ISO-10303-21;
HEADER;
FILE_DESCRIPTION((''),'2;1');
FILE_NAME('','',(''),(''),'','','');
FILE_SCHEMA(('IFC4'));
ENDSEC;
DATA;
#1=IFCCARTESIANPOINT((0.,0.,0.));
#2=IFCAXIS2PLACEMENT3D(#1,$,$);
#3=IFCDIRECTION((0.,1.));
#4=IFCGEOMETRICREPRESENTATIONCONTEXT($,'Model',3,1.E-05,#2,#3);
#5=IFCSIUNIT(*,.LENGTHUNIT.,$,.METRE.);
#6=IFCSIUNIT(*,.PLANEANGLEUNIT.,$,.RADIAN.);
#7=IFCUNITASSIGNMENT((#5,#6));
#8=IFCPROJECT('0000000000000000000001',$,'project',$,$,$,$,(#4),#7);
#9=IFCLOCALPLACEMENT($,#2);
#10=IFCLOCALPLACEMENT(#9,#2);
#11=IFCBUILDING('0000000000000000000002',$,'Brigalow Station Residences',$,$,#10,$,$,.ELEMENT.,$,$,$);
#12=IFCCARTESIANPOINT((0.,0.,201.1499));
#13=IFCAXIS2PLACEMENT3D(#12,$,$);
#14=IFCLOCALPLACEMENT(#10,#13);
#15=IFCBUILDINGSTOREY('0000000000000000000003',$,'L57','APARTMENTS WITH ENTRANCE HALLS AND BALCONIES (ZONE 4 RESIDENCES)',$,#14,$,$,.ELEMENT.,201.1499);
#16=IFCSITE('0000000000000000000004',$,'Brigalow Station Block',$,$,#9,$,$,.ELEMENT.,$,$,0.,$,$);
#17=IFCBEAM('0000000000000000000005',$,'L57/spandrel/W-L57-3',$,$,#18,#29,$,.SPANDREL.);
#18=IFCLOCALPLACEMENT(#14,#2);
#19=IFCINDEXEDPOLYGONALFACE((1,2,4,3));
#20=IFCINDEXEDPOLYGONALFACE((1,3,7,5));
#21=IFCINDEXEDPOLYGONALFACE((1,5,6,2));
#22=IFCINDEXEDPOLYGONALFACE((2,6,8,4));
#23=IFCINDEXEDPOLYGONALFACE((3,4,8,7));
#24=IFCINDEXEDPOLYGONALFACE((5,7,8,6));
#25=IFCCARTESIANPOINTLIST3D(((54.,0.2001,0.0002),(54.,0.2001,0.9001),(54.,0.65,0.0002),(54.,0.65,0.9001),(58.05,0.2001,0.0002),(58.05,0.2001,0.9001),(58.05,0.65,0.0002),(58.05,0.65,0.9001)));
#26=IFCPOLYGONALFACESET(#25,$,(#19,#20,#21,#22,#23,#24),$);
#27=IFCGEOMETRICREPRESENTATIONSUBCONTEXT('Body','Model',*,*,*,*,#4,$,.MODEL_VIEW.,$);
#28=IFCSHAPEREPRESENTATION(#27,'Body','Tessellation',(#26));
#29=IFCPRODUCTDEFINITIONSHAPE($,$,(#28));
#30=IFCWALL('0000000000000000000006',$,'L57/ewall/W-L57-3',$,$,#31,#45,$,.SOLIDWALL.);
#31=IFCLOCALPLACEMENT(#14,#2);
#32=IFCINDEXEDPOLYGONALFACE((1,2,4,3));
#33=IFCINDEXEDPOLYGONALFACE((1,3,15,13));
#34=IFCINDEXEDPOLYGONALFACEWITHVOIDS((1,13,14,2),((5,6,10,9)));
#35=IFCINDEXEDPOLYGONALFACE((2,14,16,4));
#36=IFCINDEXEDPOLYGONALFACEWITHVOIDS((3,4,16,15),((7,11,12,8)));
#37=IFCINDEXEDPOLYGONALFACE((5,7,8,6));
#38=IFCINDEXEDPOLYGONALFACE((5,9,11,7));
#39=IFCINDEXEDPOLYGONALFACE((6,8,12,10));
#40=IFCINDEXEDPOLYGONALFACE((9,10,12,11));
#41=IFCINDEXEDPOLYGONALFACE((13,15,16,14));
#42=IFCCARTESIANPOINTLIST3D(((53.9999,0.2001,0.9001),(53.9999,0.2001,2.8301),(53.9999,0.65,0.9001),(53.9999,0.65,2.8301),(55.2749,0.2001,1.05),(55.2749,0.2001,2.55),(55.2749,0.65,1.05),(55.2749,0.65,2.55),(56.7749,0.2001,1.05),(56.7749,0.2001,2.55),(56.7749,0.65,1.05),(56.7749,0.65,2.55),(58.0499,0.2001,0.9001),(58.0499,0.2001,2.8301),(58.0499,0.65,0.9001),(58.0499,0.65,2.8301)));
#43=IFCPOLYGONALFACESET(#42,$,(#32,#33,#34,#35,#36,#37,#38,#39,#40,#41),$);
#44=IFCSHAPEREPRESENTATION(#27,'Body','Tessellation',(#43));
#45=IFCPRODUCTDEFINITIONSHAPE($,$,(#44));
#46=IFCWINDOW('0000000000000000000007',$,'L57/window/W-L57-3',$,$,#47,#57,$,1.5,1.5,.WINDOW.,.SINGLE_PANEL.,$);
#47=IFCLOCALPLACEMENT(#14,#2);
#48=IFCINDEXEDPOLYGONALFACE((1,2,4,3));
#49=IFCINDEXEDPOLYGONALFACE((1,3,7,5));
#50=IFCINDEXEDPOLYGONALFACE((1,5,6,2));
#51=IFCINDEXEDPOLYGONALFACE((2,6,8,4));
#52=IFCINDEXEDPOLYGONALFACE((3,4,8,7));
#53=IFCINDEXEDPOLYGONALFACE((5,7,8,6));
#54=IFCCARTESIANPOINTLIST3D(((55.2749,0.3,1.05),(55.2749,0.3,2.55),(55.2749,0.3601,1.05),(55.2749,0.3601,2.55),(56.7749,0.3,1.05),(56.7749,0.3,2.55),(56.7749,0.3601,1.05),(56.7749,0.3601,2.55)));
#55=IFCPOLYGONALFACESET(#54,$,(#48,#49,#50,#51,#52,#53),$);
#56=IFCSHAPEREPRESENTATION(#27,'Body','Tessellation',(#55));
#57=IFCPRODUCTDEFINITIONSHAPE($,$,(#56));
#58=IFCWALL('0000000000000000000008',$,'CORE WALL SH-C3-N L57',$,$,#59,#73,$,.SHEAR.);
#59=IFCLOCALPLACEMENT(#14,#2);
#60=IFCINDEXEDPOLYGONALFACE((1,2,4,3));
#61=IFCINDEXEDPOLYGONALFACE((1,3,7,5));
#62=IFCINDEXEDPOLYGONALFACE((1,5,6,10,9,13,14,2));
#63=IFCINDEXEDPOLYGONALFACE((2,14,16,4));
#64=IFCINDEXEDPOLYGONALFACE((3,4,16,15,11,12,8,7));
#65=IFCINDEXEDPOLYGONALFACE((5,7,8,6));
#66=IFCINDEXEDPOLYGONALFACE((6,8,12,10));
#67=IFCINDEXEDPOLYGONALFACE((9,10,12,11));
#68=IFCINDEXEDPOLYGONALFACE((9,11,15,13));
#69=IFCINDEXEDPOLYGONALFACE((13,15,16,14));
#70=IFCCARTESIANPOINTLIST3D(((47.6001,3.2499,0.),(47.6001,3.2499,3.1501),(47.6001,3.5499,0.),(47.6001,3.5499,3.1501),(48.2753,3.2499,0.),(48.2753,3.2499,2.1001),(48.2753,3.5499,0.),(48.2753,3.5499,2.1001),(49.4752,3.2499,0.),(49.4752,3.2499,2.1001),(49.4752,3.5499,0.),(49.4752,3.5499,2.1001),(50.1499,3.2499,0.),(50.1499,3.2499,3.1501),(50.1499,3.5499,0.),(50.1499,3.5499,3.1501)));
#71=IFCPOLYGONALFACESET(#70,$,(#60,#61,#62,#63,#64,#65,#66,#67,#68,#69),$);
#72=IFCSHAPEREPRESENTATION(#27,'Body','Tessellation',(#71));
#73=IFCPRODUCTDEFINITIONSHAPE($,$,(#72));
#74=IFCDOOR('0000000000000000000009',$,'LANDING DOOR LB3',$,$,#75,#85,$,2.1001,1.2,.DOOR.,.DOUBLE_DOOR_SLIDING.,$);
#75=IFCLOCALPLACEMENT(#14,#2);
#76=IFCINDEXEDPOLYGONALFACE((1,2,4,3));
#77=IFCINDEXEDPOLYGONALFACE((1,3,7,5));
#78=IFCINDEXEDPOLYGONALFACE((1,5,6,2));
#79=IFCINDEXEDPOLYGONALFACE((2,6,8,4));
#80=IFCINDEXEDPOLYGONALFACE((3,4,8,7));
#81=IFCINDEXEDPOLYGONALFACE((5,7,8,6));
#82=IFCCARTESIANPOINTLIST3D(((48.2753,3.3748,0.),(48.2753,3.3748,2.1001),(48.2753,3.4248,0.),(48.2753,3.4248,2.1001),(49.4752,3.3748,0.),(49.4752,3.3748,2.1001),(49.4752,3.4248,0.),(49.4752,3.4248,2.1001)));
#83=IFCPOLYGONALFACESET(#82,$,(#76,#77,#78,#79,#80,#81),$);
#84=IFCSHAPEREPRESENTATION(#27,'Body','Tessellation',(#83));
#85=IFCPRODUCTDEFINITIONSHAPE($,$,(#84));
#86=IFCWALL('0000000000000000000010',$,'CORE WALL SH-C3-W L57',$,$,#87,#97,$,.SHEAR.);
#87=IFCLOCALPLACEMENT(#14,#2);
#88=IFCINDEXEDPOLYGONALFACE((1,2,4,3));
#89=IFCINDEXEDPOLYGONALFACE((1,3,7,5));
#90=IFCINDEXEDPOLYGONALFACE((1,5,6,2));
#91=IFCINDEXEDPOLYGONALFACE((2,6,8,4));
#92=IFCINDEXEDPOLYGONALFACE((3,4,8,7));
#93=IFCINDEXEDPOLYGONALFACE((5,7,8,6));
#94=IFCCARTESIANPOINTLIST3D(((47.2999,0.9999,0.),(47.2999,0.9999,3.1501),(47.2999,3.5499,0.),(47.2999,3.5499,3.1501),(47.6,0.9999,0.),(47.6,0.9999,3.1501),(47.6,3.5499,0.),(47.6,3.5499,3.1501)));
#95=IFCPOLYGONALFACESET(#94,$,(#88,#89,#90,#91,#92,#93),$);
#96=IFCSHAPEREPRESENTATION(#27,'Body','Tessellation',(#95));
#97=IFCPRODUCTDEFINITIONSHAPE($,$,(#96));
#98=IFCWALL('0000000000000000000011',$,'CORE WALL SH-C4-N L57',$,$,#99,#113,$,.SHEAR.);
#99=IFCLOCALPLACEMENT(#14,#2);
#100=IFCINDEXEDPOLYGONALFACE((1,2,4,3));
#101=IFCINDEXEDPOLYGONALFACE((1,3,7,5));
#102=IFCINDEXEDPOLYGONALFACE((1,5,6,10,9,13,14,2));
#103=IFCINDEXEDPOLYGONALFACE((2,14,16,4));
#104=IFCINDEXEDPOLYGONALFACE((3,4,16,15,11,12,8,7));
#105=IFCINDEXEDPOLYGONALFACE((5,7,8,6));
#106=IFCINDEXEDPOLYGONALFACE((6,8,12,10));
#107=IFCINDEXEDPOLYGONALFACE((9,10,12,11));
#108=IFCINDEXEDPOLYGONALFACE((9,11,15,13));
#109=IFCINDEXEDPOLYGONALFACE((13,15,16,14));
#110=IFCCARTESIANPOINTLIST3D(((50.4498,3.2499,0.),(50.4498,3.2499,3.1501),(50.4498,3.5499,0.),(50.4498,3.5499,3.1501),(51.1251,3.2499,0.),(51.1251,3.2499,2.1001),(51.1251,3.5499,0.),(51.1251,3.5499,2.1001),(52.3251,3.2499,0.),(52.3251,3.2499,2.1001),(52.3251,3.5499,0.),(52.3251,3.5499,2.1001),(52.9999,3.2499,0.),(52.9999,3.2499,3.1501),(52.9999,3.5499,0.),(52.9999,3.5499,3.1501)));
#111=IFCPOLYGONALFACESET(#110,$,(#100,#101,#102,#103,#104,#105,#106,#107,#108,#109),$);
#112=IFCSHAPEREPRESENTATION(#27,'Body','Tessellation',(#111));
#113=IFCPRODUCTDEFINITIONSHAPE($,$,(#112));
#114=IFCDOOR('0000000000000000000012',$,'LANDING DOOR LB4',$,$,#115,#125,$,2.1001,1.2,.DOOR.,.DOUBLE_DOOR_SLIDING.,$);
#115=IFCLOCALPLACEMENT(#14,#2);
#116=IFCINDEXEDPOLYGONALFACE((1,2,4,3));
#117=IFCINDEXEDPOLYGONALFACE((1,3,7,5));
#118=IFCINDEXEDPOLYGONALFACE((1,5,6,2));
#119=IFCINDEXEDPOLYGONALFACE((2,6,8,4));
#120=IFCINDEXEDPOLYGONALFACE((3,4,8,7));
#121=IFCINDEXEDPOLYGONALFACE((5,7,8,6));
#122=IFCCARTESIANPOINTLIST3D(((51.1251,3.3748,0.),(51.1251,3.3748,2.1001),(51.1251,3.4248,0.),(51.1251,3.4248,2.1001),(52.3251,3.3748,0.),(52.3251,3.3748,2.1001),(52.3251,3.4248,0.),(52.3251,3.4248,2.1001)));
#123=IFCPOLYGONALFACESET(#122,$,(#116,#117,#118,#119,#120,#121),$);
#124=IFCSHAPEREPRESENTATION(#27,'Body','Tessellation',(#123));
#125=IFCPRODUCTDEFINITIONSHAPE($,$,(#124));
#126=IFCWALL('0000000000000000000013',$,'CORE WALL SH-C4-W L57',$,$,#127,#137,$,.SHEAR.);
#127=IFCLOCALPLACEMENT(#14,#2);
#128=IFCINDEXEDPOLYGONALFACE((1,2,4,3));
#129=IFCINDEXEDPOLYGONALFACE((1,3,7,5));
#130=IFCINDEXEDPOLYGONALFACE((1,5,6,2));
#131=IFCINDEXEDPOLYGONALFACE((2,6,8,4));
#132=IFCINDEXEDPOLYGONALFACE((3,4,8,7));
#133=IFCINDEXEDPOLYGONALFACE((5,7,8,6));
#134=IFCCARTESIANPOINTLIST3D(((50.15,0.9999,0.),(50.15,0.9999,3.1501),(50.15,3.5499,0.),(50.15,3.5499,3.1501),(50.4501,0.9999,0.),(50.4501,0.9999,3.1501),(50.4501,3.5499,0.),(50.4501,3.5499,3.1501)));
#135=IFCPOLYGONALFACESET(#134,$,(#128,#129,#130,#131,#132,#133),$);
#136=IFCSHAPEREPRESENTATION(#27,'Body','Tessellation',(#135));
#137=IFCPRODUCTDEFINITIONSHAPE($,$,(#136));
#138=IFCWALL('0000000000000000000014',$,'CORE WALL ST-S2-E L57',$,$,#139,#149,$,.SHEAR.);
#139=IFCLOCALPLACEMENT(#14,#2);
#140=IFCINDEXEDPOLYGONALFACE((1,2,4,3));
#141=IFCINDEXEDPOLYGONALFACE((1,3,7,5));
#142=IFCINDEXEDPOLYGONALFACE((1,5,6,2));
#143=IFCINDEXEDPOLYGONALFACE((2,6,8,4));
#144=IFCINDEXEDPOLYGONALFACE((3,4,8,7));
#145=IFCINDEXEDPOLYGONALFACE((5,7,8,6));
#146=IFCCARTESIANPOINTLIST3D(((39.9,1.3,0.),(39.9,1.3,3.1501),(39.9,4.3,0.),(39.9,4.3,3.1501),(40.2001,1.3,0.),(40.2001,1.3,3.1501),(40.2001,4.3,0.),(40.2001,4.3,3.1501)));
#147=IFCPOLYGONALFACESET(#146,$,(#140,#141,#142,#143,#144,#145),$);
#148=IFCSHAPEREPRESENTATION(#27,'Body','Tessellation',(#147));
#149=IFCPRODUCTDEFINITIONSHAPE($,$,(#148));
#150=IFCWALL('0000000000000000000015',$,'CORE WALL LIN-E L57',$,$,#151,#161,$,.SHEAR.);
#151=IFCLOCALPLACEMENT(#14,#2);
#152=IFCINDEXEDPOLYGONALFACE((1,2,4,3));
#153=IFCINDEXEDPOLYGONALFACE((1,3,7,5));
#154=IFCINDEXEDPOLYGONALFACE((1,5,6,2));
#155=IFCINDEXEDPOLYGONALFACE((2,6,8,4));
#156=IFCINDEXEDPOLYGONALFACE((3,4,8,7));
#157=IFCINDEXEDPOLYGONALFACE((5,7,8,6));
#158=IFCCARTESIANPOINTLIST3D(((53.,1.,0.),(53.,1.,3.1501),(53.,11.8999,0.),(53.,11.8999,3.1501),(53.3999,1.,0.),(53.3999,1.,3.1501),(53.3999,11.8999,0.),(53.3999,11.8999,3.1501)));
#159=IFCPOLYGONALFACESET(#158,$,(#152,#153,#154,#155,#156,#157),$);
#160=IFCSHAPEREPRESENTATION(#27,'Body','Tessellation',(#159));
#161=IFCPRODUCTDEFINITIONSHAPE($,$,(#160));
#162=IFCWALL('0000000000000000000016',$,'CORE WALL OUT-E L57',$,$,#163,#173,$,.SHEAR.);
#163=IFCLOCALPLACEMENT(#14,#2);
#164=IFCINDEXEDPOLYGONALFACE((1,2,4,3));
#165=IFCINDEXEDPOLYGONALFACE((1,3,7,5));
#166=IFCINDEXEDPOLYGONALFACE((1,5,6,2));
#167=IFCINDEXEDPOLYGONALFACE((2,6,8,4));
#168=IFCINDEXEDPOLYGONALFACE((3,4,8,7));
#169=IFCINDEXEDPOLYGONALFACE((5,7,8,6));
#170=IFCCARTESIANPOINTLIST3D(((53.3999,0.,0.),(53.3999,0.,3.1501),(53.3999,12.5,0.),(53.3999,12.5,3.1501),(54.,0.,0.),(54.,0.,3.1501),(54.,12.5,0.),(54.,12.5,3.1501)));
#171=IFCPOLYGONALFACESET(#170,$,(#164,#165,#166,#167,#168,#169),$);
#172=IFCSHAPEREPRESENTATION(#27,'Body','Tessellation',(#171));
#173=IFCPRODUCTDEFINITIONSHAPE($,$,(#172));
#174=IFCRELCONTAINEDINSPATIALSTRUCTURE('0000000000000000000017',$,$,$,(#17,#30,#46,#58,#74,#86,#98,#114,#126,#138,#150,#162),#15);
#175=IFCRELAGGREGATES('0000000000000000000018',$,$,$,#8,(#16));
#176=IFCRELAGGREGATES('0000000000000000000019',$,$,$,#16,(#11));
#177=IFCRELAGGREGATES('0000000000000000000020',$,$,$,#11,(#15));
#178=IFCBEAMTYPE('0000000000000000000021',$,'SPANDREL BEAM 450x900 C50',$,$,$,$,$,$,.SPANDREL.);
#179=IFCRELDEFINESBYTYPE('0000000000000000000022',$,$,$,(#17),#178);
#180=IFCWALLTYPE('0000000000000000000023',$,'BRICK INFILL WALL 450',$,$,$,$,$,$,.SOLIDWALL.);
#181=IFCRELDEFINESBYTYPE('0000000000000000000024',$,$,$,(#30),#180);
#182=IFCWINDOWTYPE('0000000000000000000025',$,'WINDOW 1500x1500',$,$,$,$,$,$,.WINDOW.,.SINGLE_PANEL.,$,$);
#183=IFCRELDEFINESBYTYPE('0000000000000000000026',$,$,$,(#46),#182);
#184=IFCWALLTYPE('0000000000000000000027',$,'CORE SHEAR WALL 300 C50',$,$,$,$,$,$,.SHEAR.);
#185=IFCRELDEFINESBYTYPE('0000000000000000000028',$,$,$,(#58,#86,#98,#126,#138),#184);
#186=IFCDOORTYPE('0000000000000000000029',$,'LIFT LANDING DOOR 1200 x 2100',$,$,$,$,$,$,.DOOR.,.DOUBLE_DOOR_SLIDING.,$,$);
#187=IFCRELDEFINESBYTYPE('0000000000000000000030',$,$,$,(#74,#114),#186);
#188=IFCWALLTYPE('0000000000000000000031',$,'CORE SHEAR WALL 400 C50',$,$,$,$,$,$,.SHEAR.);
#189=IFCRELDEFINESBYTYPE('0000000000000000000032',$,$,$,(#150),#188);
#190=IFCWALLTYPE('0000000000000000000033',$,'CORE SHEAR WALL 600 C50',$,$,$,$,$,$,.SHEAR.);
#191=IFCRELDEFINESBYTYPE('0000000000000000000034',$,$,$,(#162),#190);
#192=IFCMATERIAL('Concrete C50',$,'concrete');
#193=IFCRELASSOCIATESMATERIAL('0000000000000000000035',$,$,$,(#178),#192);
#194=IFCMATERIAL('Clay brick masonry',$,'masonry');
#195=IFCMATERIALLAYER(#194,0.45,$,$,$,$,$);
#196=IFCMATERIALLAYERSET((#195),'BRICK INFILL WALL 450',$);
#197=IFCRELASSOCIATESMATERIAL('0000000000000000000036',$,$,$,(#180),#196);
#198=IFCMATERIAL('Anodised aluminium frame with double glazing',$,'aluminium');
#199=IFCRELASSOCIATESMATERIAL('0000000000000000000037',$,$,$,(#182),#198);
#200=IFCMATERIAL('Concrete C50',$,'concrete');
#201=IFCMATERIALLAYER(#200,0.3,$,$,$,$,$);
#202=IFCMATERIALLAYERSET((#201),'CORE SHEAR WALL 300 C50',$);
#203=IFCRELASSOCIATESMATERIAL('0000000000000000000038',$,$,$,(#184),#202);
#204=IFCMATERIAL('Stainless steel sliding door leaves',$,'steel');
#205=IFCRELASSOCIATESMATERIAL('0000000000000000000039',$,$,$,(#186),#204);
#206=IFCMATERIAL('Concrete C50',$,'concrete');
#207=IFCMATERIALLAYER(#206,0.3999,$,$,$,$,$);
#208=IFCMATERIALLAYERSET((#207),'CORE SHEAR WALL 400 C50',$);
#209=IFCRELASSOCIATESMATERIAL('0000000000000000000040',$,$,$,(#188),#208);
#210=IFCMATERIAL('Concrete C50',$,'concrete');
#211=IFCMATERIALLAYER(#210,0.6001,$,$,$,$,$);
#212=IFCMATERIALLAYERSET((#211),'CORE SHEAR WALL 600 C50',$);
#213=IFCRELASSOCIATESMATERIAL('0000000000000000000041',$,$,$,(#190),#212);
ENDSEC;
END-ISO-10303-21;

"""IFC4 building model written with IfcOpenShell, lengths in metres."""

from ifc_helpers import new_model, si_unit, direction, frame, frame_2d, origin, origin_2d, place, context, subcontext, project, spatial, rectangle, extrude, material, layer, layer_set, material_profile, profile_set, type_object, element, fill, save


model = new_model("IFC4")

# Units and contexts
model_context = context("Model", 3, precision=1e-05, world=origin(), true_north=direction((0.0, 1.0)))
body_context = subcontext(model_context, "Body", "Model", "MODEL_VIEW")
ifc_project = project(units=[si_unit("LENGTHUNIT", "METRE"), si_unit("PLANEANGLEUNIT", "RADIAN")], contexts=[model_context])

# Site, building, storey
site_placement = place(None, origin())
site = spatial("IfcSite", under=ifc_project, at=site_placement, Name="Brigalow Station Block", CompositionType="ELEMENT", RefElevation=0.0)
building_placement = place(site_placement, origin())
building = spatial("IfcBuilding", under=site, at=building_placement, Name="Brigalow Station Residences", CompositionType="ELEMENT")
storey_placement = place(building_placement, frame((0.0, 0.0, 201.1499)))
storey = spatial("IfcBuildingStorey", under=building, at=storey_placement, Name="L57", Description="APARTMENTS WITH ENTRANCE HALLS AND BALCONIES (ZONE 4 RESIDENCES)", CompositionType="ELEMENT", Elevation=201.1499)

# Beam
ifc_material_1 = material(Name="Concrete C50", Category="concrete")
ifc_material_profile = material_profile(ifc_material_1, rectangle(XDim=0.45, YDim=0.8999, at=origin_2d()), Name="RC450x900")
ifc_profile_set = profile_set([ifc_material_profile], Name="Concrete C50")
beam_type = type_object("IfcBeamType", Name="SPANDREL BEAM 450x900 C50", PredefinedType="SPANDREL", material=ifc_profile_set)
beam_placement = place(storey_placement, frame((54.0, 0.425, 0.4502), z_axis=(1.0, 0.0, 0.0), x_axis=(0.0, 1.0, 0.0)))
element("IfcBeam", 1, at=beam_placement, inside=storey, type_object=beam_type, Name="L57/spandrel/W-L57-3", PredefinedType="SPANDREL", context=body_context, shape_type="SweptSolid", body=[
    extrude(rectangle(XDim=0.45, YDim=0.8999, at=origin_2d()), origin(), (0.0, 0.0, 1.0), 4.05),
])

# Wall, opening, window
ifc_material_2 = material(Name="Clay brick masonry", Category="masonry")
ifc_layer_1 = layer(ifc_material_2, 0.45)
ifc_layer_set_1 = layer_set([ifc_layer_1], Name="BRICK INFILL WALL 450")
wall_type_1 = type_object("IfcWallType", Name="BRICK INFILL WALL 450", PredefinedType="SOLIDWALL", material=ifc_layer_set_1)
wall_1_placement = place(storey_placement, frame((54.0, 0.425, 0.9001), z_axis=(0.0, 0.0, 1.0), x_axis=(1.0, 0.0, 0.0)))
wall_1 = element("IfcWall", 2, at=wall_1_placement, inside=storey, type_object=wall_type_1, Name="L57/ewall/W-L57-3", PredefinedType="SOLIDWALL", context=body_context, shape_type="SweptSolid", body=[
    extrude(rectangle(XDim=4.05, YDim=0.45, at=frame_2d((2.0249, 0.0))), origin(), (0.0, 0.0, 1.0), 1.9299),
])
opening_1_placement = place(wall_1_placement, frame((1.2749, 0.0, 0.1499)))
opening_1 = element("IfcOpeningElement", 3, at=opening_1_placement, cuts=wall_1, PredefinedType="OPENING", context=body_context, shape_type="SweptSolid", body=[
    extrude(rectangle(XDim=1.5, YDim=1.5, at=frame_2d((0.75, 0.75))), frame((0.0, 0.2349, 0.0), z_axis=(0.0, -1.0, 0.0), x_axis=(1.0, 0.0, 0.0)), (0.0, 0.0, 1.0), 0.47),
])
ifc_material_3 = material(Name="Anodised aluminium frame with double glazing", Category="aluminium")
window_type = type_object("IfcWindowType", Name="WINDOW 1500x1500", PartitioningType="SINGLE_PANEL", PredefinedType="WINDOW", material=ifc_material_3)
window_placement = place(opening_1_placement, origin())
window = element("IfcWindow", 4, at=window_placement, inside=storey, type_object=window_type, Name="L57/window/W-L57-3", OverallHeight=1.5, OverallWidth=1.5, PartitioningType="SINGLE_PANEL", PredefinedType="WINDOW", context=body_context, shape_type="SweptSolid", body=[
    extrude(rectangle(XDim=1.5, YDim=1.5, at=frame_2d((0.75, 0.75))), frame((0.0, -0.0649, 0.0), z_axis=(0.0, -1.0, 0.0), x_axis=(1.0, 0.0, 0.0)), (0.0, 0.0, 1.0), 0.0601),
])
fill(opening_1, window)

# Wall, opening, door
ifc_material_4 = material(Name="Concrete C50", Category="concrete")
ifc_layer_2 = layer(ifc_material_4, 0.3)
ifc_layer_set_2 = layer_set([ifc_layer_2], Name="CORE SHEAR WALL 300 C50")
wall_type_2 = type_object("IfcWallType", Name="CORE SHEAR WALL 300 C50", PredefinedType="SHEAR", material=ifc_layer_set_2)
wall_2_placement = place(storey_placement, frame((47.6001, 3.3999, 0.0), z_axis=(0.0, 0.0, 1.0), x_axis=(1.0, 0.0, 0.0)))
wall_2 = element("IfcWall", 5, at=wall_2_placement, inside=storey, type_object=wall_type_2, Name="CORE WALL SH-C3-N L57", PredefinedType="SHEAR", context=body_context, shape_type="SweptSolid", body=[
    extrude(rectangle(XDim=2.5498, YDim=0.3, at=frame_2d((1.2749, 0.0))), origin(), (0.0, 0.0, 1.0), 3.1501),
])
opening_2_placement = place(wall_2_placement, frame((0.675, 0.0, 0.0)))
opening_2 = element("IfcOpeningElement", 6, at=opening_2_placement, cuts=wall_2, PredefinedType="OPENING", context=body_context, shape_type="SweptSolid", body=[
    extrude(rectangle(XDim=1.2, YDim=2.1001, at=frame_2d((0.6001, 1.05))), frame((0.0, 0.1602, 0.0), z_axis=(0.0, -1.0, 0.0), x_axis=(1.0, 0.0, 0.0)), (0.0, 0.0, 1.0), 0.3201),
])
ifc_material_5 = material(Name="Stainless steel sliding door leaves", Category="steel")
door_type = type_object("IfcDoorType", Name="LIFT LANDING DOOR 1200 x 2100", OperationType="DOUBLE_DOOR_SLIDING", PredefinedType="DOOR", material=ifc_material_5)
door_1_placement = place(opening_2_placement, origin())
door_1 = element("IfcDoor", 7, at=door_1_placement, inside=storey, type_object=door_type, Name="LANDING DOOR LB3", OperationType="DOUBLE_DOOR_SLIDING", OverallHeight=2.1001, OverallWidth=1.2, PredefinedType="DOOR", context=body_context, shape_type="SweptSolid", body=[
    extrude(rectangle(XDim=1.2, YDim=2.1001, at=frame_2d((0.6001, 1.05))), frame((0.0, 0.0249, 0.0), z_axis=(0.0, -1.0, 0.0), x_axis=(1.0, 0.0, 0.0)), (0.0, 0.0, 1.0), 0.05),
])
fill(opening_2, door_1)

# Wall
wall_3_placement = place(storey_placement, frame((47.45, 1.0, 0.0), z_axis=(0.0, 0.0, 1.0), x_axis=(0.0, 1.0, 0.0)))
element("IfcWall", 8, at=wall_3_placement, inside=storey, type_object=wall_type_2, Name="CORE WALL SH-C3-W L57", PredefinedType="SHEAR", context=body_context, shape_type="SweptSolid", body=[
    extrude(rectangle(XDim=2.55, YDim=0.3, at=frame_2d((1.2749, 0.0))), origin(), (0.0, 0.0, 1.0), 3.1501),
])

# Wall, opening, door
wall_4_placement = place(storey_placement, frame((50.45, 3.3999, 0.0), z_axis=(0.0, 0.0, 1.0), x_axis=(1.0, 0.0, 0.0)))
wall_4 = element("IfcWall", 9, at=wall_4_placement, inside=storey, type_object=wall_type_2, Name="CORE WALL SH-C4-N L57", PredefinedType="SHEAR", context=body_context, shape_type="SweptSolid", body=[
    extrude(rectangle(XDim=2.55, YDim=0.3, at=frame_2d((1.2749, 0.0))), origin(), (0.0, 0.0, 1.0), 3.1501),
])
opening_3_placement = place(wall_4_placement, frame((0.675, 0.0, 0.0)))
opening_3 = element("IfcOpeningElement", 10, at=opening_3_placement, cuts=wall_4, PredefinedType="OPENING", context=body_context, shape_type="SweptSolid", body=[
    extrude(rectangle(XDim=1.2, YDim=2.1001, at=frame_2d((0.6001, 1.05))), frame((0.0, 0.1602, 0.0), z_axis=(0.0, -1.0, 0.0), x_axis=(1.0, 0.0, 0.0)), (0.0, 0.0, 1.0), 0.3201),
])
door_2_placement = place(opening_3_placement, origin())
door_2 = element("IfcDoor", 11, at=door_2_placement, inside=storey, type_object=door_type, Name="LANDING DOOR LB4", OperationType="DOUBLE_DOOR_SLIDING", OverallHeight=2.1001, OverallWidth=1.2, PredefinedType="DOOR", context=body_context, shape_type="SweptSolid", body=[
    extrude(rectangle(XDim=1.2, YDim=2.1001, at=frame_2d((0.6001, 1.05))), frame((0.0, 0.0249, 0.0), z_axis=(0.0, -1.0, 0.0), x_axis=(1.0, 0.0, 0.0)), (0.0, 0.0, 1.0), 0.05),
])
fill(opening_3, door_2)

# Walls
wall_5_placement = place(storey_placement, frame((50.3, 1.0, 0.0), z_axis=(0.0, 0.0, 1.0), x_axis=(0.0, 1.0, 0.0)))
element("IfcWall", 12, at=wall_5_placement, inside=storey, type_object=wall_type_2, Name="CORE WALL SH-C4-W L57", PredefinedType="SHEAR", context=body_context, shape_type="SweptSolid", body=[
    extrude(rectangle(XDim=2.55, YDim=0.3, at=frame_2d((1.2749, 0.0))), origin(), (0.0, 0.0, 1.0), 3.1501),
])
wall_6_placement = place(storey_placement, frame((40.05, 1.3, 0.0), z_axis=(0.0, 0.0, 1.0), x_axis=(0.0, 1.0, 0.0)))
element("IfcWall", 13, at=wall_6_placement, inside=storey, type_object=wall_type_2, Name="CORE WALL ST-S2-E L57", PredefinedType="SHEAR", context=body_context, shape_type="SweptSolid", body=[
    extrude(rectangle(XDim=3.0, YDim=0.3, at=frame_2d((1.5, 0.0))), origin(), (0.0, 0.0, 1.0), 3.1501),
])
ifc_material_6 = material(Name="Concrete C50", Category="concrete")
ifc_layer_3 = layer(ifc_material_6, 0.3999)
ifc_layer_set_3 = layer_set([ifc_layer_3], Name="CORE SHEAR WALL 400 C50")
wall_type_3 = type_object("IfcWallType", Name="CORE SHEAR WALL 400 C50", PredefinedType="SHEAR", material=ifc_layer_set_3)
wall_7_placement = place(storey_placement, frame((53.2, 1.0, 0.0), z_axis=(0.0, 0.0, 1.0), x_axis=(0.0, 1.0, 0.0)))
element("IfcWall", 14, at=wall_7_placement, inside=storey, type_object=wall_type_3, Name="CORE WALL LIN-E L57", PredefinedType="SHEAR", context=body_context, shape_type="SweptSolid", body=[
    extrude(rectangle(XDim=10.8999, YDim=0.3999, at=frame_2d((5.45, 0.0))), origin(), (0.0, 0.0, 1.0), 3.1501),
])
ifc_material_7 = material(Name="Concrete C50", Category="concrete")
ifc_layer_4 = layer(ifc_material_7, 0.6001)
ifc_layer_set_4 = layer_set([ifc_layer_4], Name="CORE SHEAR WALL 600 C50")
wall_type_4 = type_object("IfcWallType", Name="CORE SHEAR WALL 600 C50", PredefinedType="SHEAR", material=ifc_layer_set_4)
wall_8_placement = place(storey_placement, frame((53.7, 0.0, 0.0), z_axis=(0.0, 0.0, 1.0), x_axis=(0.0, 1.0, 0.0)))
element("IfcWall", 15, at=wall_8_placement, inside=storey, type_object=wall_type_4, Name="CORE WALL OUT-E L57", PredefinedType="SHEAR", context=body_context, shape_type="SweptSolid", body=[
    extrude(rectangle(XDim=12.5, YDim=0.6001, at=frame_2d((6.25, 0.0))), origin(), (0.0, 0.0, 1.0), 3.1501),
])

save(model, "model.ifc")
